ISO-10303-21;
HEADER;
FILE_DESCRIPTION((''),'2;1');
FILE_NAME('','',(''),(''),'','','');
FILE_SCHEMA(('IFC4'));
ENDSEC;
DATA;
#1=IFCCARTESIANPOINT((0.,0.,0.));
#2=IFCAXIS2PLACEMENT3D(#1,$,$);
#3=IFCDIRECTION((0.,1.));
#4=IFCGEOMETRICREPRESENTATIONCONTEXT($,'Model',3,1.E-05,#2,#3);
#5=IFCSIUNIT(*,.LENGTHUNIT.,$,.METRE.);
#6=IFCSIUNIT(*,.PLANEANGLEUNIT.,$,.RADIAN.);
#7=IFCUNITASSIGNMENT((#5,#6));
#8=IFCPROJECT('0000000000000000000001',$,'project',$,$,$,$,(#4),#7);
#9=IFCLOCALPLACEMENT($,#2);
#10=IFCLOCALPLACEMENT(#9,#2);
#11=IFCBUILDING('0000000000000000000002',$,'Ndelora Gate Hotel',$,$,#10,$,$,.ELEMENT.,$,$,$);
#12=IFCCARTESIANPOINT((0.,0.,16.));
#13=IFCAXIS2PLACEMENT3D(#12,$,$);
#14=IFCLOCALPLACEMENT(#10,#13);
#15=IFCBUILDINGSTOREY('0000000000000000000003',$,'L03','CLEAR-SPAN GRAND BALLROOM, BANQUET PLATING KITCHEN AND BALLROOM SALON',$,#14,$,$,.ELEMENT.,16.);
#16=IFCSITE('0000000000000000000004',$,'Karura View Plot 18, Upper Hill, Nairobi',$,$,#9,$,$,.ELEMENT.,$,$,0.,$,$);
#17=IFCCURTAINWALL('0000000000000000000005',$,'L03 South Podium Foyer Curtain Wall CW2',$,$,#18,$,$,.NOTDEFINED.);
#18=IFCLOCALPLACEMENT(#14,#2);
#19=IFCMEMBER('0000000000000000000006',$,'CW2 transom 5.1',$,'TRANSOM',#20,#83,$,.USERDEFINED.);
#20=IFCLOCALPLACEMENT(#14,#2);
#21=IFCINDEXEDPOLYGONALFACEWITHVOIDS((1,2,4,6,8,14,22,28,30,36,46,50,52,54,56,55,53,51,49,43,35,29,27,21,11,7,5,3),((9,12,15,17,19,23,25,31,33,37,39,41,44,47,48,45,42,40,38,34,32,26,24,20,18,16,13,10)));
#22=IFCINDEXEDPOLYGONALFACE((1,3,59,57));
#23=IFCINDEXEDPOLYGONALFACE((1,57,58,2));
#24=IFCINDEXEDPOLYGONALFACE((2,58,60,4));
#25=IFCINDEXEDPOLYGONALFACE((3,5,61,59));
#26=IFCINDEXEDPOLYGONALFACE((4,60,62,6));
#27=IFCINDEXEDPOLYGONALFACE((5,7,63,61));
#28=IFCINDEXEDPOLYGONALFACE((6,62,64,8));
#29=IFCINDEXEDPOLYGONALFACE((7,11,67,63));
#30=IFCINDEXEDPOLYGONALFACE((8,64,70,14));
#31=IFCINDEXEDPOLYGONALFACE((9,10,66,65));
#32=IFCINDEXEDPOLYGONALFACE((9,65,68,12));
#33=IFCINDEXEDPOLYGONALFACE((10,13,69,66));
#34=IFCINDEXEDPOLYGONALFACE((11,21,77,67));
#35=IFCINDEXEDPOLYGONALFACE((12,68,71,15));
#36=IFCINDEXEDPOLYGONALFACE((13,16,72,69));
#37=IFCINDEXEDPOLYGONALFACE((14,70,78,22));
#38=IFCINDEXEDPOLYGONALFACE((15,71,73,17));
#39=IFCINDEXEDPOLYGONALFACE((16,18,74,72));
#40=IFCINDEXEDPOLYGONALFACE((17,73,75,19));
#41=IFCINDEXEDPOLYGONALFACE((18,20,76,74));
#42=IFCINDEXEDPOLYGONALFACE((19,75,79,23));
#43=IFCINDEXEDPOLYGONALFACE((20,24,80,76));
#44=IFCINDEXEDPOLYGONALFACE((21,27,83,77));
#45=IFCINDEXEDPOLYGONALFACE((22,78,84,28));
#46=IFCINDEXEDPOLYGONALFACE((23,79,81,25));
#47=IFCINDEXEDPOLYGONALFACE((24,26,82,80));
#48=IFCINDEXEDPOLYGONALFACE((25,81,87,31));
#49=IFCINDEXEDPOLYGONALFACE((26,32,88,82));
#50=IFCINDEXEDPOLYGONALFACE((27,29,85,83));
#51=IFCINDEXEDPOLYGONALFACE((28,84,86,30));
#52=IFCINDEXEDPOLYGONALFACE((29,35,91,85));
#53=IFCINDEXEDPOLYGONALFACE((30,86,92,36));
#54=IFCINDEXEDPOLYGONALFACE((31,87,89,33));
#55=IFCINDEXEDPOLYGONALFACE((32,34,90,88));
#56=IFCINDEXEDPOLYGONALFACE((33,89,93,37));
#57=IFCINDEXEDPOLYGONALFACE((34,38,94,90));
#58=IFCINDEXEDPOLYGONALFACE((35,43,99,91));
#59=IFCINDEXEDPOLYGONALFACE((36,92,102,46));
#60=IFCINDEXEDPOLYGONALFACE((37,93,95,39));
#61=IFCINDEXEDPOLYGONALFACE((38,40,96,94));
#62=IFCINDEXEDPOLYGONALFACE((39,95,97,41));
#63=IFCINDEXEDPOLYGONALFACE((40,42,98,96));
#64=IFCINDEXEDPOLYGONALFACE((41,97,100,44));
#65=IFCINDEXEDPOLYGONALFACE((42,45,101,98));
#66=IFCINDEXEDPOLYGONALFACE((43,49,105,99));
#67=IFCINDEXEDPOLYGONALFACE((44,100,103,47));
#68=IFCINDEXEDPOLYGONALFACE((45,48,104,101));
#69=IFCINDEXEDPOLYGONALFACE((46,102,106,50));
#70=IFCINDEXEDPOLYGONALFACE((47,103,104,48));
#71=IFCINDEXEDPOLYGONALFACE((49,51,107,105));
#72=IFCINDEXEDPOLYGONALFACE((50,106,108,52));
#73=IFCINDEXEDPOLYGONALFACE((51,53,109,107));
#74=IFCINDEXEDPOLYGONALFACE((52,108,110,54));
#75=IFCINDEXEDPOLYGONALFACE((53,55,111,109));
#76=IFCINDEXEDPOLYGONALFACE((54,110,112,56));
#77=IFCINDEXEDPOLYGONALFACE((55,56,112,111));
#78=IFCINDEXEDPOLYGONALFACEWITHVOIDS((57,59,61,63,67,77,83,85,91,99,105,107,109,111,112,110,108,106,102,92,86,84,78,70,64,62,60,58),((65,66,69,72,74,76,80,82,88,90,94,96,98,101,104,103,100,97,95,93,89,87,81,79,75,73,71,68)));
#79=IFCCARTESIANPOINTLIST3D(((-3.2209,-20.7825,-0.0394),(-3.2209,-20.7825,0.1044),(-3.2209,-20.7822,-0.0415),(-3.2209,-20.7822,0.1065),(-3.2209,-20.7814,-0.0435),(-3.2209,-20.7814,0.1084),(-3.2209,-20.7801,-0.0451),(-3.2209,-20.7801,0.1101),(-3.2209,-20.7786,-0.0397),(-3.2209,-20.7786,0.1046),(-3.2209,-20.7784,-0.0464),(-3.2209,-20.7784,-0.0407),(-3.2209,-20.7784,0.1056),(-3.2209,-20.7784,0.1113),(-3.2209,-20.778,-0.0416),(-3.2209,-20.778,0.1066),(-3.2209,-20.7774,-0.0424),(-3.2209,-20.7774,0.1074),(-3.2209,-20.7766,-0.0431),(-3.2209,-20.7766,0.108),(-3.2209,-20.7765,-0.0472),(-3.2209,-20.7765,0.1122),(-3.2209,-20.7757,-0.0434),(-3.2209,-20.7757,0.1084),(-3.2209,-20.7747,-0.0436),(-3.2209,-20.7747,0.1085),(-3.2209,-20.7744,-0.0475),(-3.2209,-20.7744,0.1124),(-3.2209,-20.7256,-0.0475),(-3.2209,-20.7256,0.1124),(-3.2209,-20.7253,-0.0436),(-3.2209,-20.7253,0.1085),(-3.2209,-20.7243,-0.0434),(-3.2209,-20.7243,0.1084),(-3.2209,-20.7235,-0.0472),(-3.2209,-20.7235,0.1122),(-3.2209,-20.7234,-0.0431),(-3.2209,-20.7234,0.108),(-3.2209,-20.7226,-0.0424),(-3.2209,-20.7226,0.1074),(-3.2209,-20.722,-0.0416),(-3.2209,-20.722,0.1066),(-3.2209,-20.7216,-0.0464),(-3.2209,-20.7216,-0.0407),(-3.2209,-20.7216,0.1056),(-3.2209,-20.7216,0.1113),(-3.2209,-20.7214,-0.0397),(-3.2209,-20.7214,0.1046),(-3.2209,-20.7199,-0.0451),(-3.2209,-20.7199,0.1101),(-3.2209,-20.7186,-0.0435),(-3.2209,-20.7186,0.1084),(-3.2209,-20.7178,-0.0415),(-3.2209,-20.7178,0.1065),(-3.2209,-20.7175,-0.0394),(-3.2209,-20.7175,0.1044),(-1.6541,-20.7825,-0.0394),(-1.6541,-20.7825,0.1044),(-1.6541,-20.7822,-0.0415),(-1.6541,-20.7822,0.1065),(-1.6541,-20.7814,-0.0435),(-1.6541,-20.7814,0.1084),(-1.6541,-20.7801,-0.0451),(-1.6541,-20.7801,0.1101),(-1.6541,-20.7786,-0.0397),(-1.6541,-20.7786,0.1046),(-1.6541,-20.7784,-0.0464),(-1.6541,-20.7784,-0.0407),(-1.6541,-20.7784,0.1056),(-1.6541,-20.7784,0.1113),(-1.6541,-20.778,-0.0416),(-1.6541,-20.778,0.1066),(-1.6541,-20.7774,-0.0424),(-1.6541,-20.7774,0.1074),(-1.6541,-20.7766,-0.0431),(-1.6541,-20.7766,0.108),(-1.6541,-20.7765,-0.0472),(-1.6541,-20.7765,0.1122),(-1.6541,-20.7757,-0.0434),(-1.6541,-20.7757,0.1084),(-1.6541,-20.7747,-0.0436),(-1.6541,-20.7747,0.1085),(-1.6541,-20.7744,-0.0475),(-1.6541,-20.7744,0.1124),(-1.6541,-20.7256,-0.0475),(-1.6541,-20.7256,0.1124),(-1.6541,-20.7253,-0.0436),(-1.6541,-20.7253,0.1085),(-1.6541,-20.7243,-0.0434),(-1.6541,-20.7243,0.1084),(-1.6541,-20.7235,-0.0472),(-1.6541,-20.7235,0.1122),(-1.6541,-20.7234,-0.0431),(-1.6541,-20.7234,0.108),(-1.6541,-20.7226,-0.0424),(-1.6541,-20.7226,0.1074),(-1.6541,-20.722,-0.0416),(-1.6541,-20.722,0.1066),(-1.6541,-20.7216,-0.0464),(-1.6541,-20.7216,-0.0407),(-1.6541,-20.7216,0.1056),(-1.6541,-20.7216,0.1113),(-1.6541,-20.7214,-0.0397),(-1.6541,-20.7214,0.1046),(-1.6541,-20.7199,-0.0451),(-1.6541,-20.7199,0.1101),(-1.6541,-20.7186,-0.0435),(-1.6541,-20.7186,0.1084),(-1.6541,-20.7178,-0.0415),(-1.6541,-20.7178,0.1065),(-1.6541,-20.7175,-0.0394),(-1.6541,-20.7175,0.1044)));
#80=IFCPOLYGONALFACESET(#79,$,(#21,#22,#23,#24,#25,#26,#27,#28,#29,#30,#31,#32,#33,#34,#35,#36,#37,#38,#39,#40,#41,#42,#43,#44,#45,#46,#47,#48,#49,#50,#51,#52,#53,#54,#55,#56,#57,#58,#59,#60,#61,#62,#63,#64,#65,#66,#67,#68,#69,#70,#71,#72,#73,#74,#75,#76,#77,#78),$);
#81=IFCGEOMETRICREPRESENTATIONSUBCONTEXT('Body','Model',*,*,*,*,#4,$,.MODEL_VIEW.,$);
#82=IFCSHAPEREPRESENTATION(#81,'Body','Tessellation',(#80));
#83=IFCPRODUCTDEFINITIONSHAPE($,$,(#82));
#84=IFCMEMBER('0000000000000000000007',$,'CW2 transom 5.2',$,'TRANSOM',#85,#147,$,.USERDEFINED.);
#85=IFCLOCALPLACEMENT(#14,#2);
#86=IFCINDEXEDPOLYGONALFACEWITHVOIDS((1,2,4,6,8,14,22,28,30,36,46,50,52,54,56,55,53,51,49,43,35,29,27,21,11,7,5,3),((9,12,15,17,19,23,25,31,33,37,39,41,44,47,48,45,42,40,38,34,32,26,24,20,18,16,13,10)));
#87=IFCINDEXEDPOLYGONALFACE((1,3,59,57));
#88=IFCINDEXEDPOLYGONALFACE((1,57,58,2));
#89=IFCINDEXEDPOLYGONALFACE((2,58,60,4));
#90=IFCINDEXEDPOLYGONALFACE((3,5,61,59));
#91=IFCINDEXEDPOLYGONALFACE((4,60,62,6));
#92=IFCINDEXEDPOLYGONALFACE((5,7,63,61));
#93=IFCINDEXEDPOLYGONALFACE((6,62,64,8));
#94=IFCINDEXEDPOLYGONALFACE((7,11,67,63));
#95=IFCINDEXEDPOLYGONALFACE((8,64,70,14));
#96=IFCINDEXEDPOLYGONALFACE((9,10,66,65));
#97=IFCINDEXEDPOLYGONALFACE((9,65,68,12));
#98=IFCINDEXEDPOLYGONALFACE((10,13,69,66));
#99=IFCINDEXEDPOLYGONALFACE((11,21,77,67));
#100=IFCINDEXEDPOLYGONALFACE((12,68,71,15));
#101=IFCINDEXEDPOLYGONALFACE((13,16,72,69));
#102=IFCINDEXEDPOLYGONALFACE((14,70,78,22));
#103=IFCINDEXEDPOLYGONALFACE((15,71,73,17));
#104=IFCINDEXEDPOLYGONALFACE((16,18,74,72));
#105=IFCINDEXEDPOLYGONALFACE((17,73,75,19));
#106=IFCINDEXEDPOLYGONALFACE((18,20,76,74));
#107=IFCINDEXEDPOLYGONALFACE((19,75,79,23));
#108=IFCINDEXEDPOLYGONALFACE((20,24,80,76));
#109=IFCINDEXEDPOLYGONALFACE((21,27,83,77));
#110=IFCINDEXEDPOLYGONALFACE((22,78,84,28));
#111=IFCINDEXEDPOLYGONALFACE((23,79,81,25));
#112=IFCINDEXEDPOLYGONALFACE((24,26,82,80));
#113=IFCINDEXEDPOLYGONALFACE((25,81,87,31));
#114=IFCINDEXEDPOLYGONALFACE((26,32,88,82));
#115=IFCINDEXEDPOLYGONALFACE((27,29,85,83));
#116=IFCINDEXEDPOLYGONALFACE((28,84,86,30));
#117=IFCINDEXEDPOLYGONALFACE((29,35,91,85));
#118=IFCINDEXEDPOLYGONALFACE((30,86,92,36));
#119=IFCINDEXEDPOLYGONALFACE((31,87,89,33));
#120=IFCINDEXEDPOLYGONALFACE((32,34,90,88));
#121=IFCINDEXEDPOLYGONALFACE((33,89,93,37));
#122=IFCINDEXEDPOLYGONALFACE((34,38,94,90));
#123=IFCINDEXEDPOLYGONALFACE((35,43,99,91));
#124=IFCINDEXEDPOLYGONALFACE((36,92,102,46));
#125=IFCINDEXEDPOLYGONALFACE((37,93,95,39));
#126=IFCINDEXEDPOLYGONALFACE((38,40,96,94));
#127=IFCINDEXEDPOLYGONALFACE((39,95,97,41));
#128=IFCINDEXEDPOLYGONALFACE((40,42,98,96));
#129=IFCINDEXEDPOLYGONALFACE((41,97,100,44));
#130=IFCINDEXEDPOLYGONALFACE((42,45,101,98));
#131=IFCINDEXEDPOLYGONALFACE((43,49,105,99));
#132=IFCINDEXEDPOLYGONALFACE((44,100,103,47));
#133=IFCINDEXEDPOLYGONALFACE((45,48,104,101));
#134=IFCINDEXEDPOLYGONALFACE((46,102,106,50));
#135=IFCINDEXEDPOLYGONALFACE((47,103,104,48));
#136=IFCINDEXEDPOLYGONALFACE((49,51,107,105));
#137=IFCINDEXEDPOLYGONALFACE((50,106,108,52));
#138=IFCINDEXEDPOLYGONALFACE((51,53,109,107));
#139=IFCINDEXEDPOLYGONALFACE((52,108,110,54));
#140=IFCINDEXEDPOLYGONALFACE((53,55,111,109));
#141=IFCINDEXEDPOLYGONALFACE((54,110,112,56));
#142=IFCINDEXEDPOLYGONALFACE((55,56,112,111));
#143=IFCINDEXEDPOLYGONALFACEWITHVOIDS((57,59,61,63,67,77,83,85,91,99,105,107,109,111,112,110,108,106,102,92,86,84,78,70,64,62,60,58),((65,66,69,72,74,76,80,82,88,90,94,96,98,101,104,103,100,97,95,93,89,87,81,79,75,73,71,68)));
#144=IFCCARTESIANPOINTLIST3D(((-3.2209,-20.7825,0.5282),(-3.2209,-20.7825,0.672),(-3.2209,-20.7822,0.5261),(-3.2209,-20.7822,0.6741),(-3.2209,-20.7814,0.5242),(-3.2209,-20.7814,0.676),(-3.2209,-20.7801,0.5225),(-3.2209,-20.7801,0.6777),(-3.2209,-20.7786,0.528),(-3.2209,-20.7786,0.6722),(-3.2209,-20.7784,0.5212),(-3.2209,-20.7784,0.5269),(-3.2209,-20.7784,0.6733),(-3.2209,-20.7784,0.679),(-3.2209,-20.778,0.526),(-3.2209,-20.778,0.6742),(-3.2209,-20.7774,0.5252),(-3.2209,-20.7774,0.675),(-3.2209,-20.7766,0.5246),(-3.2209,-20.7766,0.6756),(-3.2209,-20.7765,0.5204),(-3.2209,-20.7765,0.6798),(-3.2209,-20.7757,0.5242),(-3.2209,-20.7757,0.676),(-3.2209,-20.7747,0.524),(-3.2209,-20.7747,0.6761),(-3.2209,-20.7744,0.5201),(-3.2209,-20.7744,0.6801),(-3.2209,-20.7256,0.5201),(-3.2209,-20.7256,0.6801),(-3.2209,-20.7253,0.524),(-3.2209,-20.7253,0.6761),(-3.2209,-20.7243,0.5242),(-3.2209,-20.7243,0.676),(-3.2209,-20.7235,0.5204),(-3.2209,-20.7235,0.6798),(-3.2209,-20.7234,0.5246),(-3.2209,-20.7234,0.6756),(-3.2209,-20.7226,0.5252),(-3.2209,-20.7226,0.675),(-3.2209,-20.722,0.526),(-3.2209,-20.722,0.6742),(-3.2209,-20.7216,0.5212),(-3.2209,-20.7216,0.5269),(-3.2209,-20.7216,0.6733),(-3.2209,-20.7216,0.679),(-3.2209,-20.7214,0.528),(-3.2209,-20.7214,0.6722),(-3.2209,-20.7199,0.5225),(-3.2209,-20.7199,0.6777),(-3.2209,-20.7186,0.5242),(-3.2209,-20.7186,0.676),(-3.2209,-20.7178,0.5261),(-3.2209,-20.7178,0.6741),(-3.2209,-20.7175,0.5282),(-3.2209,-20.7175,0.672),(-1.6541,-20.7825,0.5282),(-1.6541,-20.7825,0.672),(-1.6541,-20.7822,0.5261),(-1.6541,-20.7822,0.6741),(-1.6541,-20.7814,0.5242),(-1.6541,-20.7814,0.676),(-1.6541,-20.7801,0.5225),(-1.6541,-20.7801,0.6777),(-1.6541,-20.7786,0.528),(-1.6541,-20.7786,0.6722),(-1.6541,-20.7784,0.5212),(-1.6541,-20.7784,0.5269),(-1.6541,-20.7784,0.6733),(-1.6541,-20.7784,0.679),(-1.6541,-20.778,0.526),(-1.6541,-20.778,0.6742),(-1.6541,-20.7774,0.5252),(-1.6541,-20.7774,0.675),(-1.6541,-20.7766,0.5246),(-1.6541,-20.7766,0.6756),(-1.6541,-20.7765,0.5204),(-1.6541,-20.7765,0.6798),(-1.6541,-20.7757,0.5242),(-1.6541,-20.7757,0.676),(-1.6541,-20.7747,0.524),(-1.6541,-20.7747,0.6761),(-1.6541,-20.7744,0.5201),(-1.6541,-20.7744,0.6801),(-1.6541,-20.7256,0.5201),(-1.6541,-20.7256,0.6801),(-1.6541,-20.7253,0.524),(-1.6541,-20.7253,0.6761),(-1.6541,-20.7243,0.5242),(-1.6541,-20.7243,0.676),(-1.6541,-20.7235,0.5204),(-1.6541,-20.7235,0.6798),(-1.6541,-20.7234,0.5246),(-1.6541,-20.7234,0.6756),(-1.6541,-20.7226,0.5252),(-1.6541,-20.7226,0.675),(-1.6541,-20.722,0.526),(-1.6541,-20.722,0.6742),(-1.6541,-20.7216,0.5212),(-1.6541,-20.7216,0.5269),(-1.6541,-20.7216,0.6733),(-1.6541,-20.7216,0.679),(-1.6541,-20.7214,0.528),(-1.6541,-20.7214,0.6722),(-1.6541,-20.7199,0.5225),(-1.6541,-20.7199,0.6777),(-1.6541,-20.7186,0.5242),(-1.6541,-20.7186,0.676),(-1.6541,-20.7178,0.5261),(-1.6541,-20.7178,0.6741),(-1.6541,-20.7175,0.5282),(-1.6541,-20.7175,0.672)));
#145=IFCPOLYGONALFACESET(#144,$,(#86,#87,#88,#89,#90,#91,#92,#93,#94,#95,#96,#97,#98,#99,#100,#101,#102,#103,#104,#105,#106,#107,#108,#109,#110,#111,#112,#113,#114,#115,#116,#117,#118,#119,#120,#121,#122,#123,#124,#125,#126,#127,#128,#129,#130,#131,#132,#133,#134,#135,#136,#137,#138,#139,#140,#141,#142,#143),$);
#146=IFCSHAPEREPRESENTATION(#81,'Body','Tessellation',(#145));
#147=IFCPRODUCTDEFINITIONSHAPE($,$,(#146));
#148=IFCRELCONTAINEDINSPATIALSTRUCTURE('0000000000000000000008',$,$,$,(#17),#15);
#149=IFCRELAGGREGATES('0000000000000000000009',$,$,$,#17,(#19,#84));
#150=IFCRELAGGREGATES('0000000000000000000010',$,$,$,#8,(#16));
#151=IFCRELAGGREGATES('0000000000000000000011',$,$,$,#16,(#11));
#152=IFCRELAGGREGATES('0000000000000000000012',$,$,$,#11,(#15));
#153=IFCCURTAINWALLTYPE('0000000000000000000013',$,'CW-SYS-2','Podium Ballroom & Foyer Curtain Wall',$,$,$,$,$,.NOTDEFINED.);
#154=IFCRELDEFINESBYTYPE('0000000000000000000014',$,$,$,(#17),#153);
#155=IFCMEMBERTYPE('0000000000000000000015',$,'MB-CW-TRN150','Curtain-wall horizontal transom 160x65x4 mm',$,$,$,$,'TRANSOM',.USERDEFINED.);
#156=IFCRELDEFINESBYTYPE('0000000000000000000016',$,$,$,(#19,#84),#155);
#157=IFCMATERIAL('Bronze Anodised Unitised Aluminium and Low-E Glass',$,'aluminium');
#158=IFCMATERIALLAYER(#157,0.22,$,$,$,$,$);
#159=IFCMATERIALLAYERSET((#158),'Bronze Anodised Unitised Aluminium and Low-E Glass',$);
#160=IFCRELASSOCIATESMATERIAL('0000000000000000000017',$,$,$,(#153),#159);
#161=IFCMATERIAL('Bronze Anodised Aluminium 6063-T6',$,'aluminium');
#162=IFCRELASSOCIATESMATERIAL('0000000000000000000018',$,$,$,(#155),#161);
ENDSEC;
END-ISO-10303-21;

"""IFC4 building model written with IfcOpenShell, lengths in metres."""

from ifc_helpers import new_model, si_unit, direction, frame, origin, origin_2d, place, context, subcontext, project, spatial, hollow_rectangle, extrude, material, layer, layer_set, material_profile, profile_set, type_object, element, aggregate, save


model = new_model("IFC4")

# Units and contexts
model_context = context("Model", 3, precision=1e-05, world=origin(), true_north=direction((0.0, 1.0)))
body_context = subcontext(model_context, "Body", "Model", "MODEL_VIEW")
ifc_project = project(units=[si_unit("LENGTHUNIT", "METRE"), si_unit("PLANEANGLEUNIT", "RADIAN")], contexts=[model_context])

# Site, building, storey
site_placement = place(None, origin())
site = spatial("IfcSite", under=ifc_project, at=site_placement, Name="Karura View Plot 18, Upper Hill, Nairobi", CompositionType="ELEMENT", RefElevation=0.0)
building_placement = place(site_placement, origin())
building = spatial("IfcBuilding", under=site, at=building_placement, Name="Ndelora Gate Hotel", CompositionType="ELEMENT")
storey_placement = place(building_placement, frame((0.0, 0.0, 16.0)))
storey = spatial("IfcBuildingStorey", under=building, at=storey_placement, Name="L03", Description="CLEAR-SPAN GRAND BALLROOM, BANQUET PLATING KITCHEN AND BALLROOM SALON", CompositionType="ELEMENT", Elevation=16.0)

# Curtain wall, members
ifc_material_1 = material(Name="Bronze Anodised Unitised Aluminium and Low-E Glass", Category="aluminium")
ifc_layer_1 = layer(ifc_material_1, 0.22)
ifc_layer_set_1 = layer_set([ifc_layer_1], Name="Bronze Anodised Unitised Aluminium and Low-E Glass")
curtain_wall_type = type_object("IfcCurtainWallType", Name="CW-SYS-2", Description="Podium Ballroom & Foyer Curtain Wall", PredefinedType="NOTDEFINED", material=ifc_layer_set_1)
curtain_wall_placement = place(storey_placement, origin())
curtain_wall = element("IfcCurtainWall", 1, at=curtain_wall_placement, inside=storey, type_object=curtain_wall_type, Name="L03 South Podium Foyer Curtain Wall CW2", PredefinedType="NOTDEFINED")
ifc_material_2 = material(Name="Bronze Anodised Aluminium 6063-T6", Category="aluminium")
ifc_material_profile_1 = material_profile(ifc_material_2, hollow_rectangle(XDim=0.0649, YDim=0.1599, WallThickness=0.0039, InnerFilletRadius=0.0039, OuterFilletRadius=0.0081, at=origin_2d()), Name="ALU 160x65x4")
ifc_profile_set_1 = profile_set([ifc_material_profile_1], Name="Bronze Anodised Aluminium 6063-T6")
member_type_1 = type_object("IfcMemberType", Name="MB-CW-TRN150", Description="Curtain-wall horizontal transom 160x65x4 mm", ElementType="TRANSOM", PredefinedType="USERDEFINED", material=ifc_profile_set_1)
member_1_placement = place(storey_placement, frame((-3.2209, -20.75, 0.0325), z_axis=(1.0, 0.0, 0.0), x_axis=(0.0, 1.0, 0.0)))
member_1 = element("IfcMember", 2, at=member_1_placement, type_object=member_type_1, Name="CW2 transom 5.1", ObjectType="TRANSOM", PredefinedType="USERDEFINED", context=body_context, shape_type="SweptSolid", body=[
    extrude(hollow_rectangle(XDim=0.0649, YDim=0.1599, WallThickness=0.0039, InnerFilletRadius=0.0039, OuterFilletRadius=0.0081, at=origin_2d()), origin(), (0.0, 0.0, 1.0), 1.5669),
])
member_2_placement = place(storey_placement, frame((-3.2209, -20.75, 0.6001), z_axis=(1.0, 0.0, 0.0), x_axis=(0.0, 1.0, 0.0)))
member_2 = element("IfcMember", 3, at=member_2_placement, type_object=member_type_1, Name="CW2 transom 5.2", ObjectType="TRANSOM", PredefinedType="USERDEFINED", context=body_context, shape_type="SweptSolid", body=[
    extrude(hollow_rectangle(XDim=0.0649, YDim=0.1599, WallThickness=0.0039, InnerFilletRadius=0.0039, OuterFilletRadius=0.0081, at=origin_2d()), origin(), (0.0, 0.0, 1.0), 1.5669),
])
aggregate(curtain_wall, [member_1, member_2])

save(model, "model.ifc")
